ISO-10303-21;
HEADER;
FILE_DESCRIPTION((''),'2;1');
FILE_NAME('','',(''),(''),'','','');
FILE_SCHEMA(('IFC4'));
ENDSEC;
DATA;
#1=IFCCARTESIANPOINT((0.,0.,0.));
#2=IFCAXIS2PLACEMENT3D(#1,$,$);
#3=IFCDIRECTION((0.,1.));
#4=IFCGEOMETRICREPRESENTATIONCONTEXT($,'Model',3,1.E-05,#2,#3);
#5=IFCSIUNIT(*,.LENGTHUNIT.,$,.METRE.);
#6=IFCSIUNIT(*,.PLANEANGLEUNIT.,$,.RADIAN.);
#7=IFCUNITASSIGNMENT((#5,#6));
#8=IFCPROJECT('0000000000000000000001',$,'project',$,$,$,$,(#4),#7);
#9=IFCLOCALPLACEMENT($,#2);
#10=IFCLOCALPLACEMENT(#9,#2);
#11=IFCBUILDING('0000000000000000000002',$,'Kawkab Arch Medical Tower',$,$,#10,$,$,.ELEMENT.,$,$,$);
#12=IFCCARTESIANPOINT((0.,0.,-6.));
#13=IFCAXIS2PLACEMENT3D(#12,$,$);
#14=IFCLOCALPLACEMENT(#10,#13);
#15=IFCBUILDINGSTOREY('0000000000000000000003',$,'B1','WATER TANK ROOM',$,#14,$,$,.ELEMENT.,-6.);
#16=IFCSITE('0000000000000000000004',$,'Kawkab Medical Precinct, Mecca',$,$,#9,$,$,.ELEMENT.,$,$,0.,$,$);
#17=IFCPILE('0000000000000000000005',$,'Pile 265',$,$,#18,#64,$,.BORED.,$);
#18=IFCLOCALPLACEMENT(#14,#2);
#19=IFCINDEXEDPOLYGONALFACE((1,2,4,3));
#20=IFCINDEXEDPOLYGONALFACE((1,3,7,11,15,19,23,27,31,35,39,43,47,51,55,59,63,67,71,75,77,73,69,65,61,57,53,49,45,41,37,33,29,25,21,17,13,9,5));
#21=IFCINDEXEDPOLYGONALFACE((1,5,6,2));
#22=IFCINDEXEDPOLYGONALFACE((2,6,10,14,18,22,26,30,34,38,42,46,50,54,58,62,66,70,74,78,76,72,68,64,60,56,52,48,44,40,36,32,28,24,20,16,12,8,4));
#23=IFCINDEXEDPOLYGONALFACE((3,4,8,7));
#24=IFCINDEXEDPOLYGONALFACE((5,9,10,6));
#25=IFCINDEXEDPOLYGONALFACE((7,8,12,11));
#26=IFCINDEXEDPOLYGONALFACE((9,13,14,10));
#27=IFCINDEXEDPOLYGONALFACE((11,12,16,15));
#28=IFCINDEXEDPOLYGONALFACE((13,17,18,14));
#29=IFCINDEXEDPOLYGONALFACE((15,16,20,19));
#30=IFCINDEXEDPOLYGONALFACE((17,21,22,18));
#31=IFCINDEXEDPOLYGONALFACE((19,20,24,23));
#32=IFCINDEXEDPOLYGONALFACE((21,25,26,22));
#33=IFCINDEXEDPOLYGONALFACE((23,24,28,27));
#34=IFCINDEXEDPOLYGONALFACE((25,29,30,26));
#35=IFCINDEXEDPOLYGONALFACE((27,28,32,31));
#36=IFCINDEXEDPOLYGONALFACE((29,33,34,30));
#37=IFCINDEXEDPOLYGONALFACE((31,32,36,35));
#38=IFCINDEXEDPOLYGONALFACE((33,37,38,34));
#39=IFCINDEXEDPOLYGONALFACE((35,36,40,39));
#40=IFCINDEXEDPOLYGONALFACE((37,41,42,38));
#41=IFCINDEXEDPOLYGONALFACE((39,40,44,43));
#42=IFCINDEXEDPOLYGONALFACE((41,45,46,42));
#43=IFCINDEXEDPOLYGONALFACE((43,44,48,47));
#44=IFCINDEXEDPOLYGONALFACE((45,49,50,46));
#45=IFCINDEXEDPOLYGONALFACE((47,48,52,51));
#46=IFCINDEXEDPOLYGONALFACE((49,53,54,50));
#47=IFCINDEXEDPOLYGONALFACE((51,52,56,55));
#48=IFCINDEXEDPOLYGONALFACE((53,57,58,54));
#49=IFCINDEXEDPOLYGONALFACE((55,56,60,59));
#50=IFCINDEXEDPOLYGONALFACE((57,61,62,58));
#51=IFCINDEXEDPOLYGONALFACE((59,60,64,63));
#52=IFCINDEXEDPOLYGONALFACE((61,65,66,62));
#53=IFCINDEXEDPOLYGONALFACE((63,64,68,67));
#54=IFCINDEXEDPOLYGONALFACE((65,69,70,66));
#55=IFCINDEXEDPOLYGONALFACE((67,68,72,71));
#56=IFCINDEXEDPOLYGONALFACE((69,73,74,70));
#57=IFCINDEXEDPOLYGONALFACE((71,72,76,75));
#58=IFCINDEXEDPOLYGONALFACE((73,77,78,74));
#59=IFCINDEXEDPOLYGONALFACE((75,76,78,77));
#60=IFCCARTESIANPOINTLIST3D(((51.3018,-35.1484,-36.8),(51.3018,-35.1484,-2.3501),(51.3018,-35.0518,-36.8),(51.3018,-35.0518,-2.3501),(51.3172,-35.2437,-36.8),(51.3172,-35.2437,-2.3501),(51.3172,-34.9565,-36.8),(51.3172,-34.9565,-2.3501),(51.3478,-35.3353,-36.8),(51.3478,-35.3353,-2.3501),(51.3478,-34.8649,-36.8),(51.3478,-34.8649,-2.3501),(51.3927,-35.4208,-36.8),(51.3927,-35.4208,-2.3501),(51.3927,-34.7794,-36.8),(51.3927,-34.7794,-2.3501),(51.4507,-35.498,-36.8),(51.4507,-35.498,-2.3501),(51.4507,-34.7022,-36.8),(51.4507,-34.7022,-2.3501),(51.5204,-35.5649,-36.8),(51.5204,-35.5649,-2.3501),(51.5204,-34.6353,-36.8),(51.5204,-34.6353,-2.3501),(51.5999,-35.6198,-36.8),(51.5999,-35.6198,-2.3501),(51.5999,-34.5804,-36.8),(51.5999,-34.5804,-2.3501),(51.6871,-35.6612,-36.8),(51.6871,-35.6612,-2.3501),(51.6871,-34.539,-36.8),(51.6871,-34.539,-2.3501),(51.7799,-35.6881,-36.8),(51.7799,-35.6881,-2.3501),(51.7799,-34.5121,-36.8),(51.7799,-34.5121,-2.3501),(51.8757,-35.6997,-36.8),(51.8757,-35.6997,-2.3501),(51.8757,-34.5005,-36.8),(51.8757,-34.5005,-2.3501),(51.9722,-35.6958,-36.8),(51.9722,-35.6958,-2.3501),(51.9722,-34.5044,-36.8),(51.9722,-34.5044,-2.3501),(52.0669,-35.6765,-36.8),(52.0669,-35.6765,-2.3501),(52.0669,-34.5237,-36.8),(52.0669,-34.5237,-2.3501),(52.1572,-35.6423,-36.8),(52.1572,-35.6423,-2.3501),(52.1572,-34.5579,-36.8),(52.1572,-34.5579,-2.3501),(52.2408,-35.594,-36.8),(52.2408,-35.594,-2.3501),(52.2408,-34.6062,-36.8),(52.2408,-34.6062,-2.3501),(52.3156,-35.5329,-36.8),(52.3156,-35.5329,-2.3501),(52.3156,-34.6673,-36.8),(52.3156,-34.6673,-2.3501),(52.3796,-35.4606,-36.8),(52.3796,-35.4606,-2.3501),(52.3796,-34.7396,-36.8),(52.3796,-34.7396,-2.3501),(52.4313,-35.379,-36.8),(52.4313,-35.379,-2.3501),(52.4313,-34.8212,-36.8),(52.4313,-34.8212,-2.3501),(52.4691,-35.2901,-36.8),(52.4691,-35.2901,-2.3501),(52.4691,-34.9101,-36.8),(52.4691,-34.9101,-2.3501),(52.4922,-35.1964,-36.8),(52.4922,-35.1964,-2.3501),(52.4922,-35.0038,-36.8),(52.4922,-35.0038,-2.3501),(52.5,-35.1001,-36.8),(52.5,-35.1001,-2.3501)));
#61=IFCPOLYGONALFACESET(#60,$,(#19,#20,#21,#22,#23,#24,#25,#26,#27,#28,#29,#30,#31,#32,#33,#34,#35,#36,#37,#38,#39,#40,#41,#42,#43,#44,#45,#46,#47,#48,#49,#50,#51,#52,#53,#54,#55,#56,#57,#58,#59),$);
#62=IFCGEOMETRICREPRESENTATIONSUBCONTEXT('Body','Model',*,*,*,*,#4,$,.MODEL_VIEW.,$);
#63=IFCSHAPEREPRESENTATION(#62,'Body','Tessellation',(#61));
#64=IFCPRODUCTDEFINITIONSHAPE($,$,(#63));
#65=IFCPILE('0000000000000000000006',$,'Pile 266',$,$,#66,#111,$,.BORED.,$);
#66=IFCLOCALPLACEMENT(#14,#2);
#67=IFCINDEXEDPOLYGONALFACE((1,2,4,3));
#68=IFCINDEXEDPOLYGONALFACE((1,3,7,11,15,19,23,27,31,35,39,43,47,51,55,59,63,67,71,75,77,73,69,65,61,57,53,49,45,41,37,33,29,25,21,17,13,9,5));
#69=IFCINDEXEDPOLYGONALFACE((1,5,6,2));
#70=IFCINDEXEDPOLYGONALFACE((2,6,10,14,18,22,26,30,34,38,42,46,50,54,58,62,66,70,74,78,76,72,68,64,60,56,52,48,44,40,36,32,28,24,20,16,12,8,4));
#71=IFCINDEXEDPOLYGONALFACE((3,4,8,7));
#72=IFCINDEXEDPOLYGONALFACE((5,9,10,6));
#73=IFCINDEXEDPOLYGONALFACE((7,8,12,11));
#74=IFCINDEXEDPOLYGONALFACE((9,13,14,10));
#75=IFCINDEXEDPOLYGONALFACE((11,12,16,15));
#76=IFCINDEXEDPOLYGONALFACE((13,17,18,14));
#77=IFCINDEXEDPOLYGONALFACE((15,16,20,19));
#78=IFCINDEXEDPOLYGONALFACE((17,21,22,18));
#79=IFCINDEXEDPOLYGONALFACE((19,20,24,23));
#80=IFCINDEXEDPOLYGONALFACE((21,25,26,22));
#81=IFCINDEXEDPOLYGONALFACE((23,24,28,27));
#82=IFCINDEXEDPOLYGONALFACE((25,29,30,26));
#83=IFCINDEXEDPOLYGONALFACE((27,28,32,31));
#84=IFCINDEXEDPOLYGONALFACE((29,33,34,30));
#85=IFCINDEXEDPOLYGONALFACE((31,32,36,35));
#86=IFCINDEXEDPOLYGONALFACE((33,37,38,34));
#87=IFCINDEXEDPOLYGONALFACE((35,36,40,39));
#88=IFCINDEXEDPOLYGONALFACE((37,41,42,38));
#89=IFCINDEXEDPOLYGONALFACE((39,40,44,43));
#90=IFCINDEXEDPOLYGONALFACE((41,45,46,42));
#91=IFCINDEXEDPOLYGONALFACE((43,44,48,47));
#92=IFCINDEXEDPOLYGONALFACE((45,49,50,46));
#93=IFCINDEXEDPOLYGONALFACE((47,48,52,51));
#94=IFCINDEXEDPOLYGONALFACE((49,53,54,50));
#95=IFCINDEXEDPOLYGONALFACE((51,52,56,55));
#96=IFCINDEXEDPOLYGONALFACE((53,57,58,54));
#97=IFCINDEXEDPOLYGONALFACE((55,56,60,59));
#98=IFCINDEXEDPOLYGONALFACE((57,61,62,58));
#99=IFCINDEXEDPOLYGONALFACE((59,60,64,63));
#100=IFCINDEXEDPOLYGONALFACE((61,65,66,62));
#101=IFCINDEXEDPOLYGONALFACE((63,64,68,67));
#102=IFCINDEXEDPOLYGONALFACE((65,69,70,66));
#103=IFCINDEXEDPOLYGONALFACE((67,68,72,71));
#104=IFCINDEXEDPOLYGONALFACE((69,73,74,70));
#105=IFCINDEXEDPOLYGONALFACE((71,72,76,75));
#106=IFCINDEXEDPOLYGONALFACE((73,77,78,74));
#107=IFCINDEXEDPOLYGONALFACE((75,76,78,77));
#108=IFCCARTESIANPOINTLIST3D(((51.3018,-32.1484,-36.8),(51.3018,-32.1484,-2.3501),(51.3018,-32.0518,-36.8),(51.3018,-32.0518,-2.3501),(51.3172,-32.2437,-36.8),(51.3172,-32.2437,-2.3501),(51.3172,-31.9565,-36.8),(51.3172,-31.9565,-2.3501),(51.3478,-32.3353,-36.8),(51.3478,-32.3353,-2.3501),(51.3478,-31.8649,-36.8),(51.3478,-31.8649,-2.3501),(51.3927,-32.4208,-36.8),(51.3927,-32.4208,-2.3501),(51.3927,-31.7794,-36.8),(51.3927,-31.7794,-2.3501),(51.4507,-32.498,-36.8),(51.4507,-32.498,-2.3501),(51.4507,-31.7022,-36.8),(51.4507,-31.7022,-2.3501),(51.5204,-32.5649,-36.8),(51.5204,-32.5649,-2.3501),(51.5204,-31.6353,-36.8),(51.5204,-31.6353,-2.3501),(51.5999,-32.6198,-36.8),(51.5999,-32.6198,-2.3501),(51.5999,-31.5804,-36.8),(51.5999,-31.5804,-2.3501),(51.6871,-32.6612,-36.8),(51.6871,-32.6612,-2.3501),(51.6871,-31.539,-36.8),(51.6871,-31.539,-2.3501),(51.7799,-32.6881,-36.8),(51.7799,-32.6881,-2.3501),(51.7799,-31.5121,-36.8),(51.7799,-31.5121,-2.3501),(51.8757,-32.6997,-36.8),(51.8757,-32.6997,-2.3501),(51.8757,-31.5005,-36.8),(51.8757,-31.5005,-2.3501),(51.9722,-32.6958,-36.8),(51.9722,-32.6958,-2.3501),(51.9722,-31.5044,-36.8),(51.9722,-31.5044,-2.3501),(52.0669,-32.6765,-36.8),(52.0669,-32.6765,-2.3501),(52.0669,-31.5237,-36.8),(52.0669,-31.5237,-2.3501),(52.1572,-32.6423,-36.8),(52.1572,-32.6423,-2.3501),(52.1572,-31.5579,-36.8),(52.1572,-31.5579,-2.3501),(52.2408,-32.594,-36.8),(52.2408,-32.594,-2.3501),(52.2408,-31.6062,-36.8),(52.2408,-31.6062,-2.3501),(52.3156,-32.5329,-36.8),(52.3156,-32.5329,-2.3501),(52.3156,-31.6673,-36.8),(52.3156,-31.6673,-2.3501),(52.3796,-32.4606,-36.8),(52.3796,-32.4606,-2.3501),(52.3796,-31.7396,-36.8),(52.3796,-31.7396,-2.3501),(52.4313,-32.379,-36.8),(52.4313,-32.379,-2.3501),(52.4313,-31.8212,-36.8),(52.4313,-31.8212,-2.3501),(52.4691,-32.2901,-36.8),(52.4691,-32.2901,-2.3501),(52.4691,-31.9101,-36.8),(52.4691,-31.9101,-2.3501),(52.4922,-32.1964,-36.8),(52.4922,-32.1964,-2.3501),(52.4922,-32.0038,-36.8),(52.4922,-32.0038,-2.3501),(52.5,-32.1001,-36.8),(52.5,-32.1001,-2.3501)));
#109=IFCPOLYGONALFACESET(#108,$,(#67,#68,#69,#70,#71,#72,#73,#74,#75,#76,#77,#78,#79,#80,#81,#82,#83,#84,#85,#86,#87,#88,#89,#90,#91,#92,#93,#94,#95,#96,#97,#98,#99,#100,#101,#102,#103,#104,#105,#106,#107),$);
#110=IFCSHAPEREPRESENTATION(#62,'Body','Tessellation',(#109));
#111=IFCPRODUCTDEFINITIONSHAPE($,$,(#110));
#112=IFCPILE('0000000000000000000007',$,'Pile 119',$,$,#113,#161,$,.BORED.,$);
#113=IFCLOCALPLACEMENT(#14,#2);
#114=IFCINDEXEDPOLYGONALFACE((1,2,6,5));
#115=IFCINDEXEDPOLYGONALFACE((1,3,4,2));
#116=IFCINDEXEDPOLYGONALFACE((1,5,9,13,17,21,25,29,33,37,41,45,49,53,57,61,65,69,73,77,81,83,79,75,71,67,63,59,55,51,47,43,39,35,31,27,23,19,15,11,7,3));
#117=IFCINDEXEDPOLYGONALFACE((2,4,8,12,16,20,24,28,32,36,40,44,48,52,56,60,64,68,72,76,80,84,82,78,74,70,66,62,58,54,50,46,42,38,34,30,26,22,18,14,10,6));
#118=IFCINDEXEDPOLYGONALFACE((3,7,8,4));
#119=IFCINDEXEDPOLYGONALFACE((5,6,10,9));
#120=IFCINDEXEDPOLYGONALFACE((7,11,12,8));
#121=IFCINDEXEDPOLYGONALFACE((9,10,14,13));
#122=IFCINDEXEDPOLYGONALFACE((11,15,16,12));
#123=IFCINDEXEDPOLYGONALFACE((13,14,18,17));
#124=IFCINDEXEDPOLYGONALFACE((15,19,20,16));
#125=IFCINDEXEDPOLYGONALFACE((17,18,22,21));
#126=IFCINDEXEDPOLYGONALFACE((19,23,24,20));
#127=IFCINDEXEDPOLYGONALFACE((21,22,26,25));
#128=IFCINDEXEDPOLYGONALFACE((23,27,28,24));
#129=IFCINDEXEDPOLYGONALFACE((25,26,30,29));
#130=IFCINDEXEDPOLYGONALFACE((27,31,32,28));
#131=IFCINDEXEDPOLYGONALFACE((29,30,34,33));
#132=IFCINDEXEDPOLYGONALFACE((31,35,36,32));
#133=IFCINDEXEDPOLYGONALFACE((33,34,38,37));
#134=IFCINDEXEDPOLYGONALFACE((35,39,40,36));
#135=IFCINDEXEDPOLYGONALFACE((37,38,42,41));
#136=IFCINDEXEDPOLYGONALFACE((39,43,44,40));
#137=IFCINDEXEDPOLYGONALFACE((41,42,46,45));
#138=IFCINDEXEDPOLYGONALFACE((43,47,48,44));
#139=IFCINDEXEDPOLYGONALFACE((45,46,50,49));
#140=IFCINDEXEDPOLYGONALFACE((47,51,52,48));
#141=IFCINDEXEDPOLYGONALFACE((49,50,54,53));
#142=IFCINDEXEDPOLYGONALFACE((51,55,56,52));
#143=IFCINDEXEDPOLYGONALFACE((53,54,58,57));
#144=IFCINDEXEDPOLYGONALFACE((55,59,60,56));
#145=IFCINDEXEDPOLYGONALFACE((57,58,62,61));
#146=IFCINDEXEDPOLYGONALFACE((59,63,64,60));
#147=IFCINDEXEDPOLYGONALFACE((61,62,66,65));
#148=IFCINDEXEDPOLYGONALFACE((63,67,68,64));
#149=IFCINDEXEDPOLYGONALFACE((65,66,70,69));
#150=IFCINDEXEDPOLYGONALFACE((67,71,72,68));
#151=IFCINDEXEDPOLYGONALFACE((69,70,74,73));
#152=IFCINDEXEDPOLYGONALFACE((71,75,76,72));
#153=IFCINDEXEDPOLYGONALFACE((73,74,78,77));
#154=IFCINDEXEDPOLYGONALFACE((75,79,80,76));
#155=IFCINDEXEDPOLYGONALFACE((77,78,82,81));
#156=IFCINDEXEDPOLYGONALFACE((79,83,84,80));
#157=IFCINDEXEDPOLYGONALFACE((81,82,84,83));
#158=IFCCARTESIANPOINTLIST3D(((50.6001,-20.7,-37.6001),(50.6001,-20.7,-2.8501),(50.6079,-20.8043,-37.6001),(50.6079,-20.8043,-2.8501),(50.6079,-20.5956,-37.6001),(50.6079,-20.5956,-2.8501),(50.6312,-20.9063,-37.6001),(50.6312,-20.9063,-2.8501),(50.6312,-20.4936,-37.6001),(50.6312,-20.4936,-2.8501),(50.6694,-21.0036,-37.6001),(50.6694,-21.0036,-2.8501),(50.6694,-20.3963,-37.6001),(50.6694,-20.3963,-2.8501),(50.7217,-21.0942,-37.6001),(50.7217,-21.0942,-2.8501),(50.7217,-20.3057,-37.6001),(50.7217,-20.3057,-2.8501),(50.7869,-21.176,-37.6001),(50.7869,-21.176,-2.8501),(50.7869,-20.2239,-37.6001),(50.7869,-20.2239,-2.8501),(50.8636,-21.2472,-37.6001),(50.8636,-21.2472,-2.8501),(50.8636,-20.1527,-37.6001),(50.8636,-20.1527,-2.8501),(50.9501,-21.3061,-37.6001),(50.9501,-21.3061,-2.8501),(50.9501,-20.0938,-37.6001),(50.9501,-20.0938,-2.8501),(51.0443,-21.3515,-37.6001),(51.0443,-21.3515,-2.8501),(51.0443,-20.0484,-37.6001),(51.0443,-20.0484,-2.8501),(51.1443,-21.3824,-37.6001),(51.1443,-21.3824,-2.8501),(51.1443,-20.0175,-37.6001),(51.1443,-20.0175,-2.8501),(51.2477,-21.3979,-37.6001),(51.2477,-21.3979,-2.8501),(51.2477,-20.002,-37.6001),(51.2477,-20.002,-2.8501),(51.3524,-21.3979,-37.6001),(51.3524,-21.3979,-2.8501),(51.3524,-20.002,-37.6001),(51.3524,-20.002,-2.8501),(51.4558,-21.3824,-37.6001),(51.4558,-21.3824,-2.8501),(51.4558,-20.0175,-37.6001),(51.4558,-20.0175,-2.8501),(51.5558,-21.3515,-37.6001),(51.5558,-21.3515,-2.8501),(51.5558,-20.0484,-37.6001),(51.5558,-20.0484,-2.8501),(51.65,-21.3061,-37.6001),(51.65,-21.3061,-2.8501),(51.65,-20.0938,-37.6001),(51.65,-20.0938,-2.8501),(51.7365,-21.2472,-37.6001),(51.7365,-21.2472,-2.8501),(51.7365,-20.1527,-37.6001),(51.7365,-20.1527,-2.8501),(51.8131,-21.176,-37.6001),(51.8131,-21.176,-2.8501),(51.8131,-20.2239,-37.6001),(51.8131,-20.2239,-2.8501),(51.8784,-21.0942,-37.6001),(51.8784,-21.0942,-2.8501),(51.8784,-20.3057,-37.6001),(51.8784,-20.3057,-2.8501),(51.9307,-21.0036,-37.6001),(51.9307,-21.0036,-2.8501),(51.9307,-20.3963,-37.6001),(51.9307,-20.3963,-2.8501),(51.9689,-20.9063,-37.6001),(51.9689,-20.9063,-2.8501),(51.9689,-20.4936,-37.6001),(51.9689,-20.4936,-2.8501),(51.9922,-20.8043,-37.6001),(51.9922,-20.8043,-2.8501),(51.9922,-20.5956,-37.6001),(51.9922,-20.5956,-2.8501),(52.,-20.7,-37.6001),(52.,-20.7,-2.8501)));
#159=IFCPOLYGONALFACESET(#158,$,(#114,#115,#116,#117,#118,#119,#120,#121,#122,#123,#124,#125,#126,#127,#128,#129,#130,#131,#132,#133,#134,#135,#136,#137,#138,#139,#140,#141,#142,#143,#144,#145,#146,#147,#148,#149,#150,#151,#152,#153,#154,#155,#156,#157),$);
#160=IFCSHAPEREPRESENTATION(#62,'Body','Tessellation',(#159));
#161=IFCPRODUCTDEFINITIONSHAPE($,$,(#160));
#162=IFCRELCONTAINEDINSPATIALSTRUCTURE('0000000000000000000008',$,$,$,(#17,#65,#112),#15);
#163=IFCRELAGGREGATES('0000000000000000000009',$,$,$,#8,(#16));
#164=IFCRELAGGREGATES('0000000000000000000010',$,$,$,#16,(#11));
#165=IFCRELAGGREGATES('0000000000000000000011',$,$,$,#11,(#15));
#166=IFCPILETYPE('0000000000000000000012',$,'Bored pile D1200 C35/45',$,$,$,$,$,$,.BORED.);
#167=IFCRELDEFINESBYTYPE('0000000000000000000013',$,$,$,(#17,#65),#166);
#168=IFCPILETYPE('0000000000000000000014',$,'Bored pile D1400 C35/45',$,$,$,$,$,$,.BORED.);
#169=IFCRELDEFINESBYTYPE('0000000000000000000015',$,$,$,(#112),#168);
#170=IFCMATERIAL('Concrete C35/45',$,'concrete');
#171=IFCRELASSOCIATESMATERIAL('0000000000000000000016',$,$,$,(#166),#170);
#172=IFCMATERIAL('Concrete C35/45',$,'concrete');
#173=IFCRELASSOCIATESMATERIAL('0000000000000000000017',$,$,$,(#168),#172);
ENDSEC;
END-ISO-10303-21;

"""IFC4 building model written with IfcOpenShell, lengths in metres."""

from ifc_helpers import new_model, si_unit, direction, frame, origin, origin_2d, place, context, subcontext, project, spatial, circle, extrude, material, material_profile, profile_set, type_object, element, save


model = new_model("IFC4")

# Units and contexts
model_context = context("Model", 3, precision=1e-05, world=origin(), true_north=direction((0.0, 1.0)))
body_context = subcontext(model_context, "Body", "Model", "MODEL_VIEW")
ifc_project = project(units=[si_unit("LENGTHUNIT", "METRE"), si_unit("PLANEANGLEUNIT", "RADIAN")], contexts=[model_context])

# Site, building, storey
site_placement = place(None, origin())
site = spatial("IfcSite", under=ifc_project, at=site_placement, Name="Kawkab Medical Precinct, Mecca", CompositionType="ELEMENT", RefElevation=0.0)
building_placement = place(site_placement, origin())
building = spatial("IfcBuilding", under=site, at=building_placement, Name="Kawkab Arch Medical Tower", CompositionType="ELEMENT")
storey_placement = place(building_placement, frame((0.0, 0.0, -6.0)))
storey = spatial("IfcBuildingStorey", under=building, at=storey_placement, Name="B1", Description="WATER TANK ROOM", CompositionType="ELEMENT", Elevation=-6.0)

# Piles
ifc_material_1 = material(Name="Concrete C35/45", Category="concrete")
ifc_material_profile_1 = material_profile(ifc_material_1, circle(Radius=0.6001, at=origin_2d()), Name="Bored pile D1200")
ifc_profile_set_1 = profile_set([ifc_material_profile_1], Name="Concrete C35/45")
pile_type_1 = type_object("IfcPileType", Name="Bored pile D1200 C35/45", PredefinedType="BORED", material=ifc_profile_set_1)
for number, where, z_axis, x_axis, name in (
    (1, (51.8999, -35.1001, -2.3501), (0.0, 0.0, -1.0), (1.0, 0.0, 0.0), "Pile 265"),
    (2, (51.8999, -32.1001, -2.3501), (0.0, 0.0, -1.0), (1.0, 0.0, 0.0), "Pile 266"),
):
    element("IfcPile", number, at=place(storey_placement, frame(where, z_axis=z_axis, x_axis=x_axis)), inside=storey, type_object=pile_type_1, Name=name, PredefinedType="BORED", context=body_context, shape_type="SweptSolid", body=[
        extrude(circle(Radius=0.6001, at=origin_2d()), origin(), (0.0, 0.0, 1.0), 34.45),
    ])
ifc_material_2 = material(Name="Concrete C35/45", Category="concrete")
ifc_material_profile_2 = material_profile(ifc_material_2, circle(Radius=0.7, at=origin_2d()), Name="Bored pile D1400")
ifc_profile_set_2 = profile_set([ifc_material_profile_2], Name="Concrete C35/45")
pile_type_2 = type_object("IfcPileType", Name="Bored pile D1400 C35/45", PredefinedType="BORED", material=ifc_profile_set_2)
for number, where, z_axis, x_axis, name in (
    (3, (51.3, -20.7, -2.8501), (0.0, 0.0, -1.0), (1.0, 0.0, 0.0), "Pile 119"),
):
    element("IfcPile", number, at=place(storey_placement, frame(where, z_axis=z_axis, x_axis=x_axis)), inside=storey, type_object=pile_type_2, Name=name, PredefinedType="BORED", context=body_context, shape_type="SweptSolid", body=[
        extrude(circle(Radius=0.7, at=origin_2d()), origin(), (0.0, 0.0, 1.0), 34.75),
    ])

save(model, "model.ifc")
